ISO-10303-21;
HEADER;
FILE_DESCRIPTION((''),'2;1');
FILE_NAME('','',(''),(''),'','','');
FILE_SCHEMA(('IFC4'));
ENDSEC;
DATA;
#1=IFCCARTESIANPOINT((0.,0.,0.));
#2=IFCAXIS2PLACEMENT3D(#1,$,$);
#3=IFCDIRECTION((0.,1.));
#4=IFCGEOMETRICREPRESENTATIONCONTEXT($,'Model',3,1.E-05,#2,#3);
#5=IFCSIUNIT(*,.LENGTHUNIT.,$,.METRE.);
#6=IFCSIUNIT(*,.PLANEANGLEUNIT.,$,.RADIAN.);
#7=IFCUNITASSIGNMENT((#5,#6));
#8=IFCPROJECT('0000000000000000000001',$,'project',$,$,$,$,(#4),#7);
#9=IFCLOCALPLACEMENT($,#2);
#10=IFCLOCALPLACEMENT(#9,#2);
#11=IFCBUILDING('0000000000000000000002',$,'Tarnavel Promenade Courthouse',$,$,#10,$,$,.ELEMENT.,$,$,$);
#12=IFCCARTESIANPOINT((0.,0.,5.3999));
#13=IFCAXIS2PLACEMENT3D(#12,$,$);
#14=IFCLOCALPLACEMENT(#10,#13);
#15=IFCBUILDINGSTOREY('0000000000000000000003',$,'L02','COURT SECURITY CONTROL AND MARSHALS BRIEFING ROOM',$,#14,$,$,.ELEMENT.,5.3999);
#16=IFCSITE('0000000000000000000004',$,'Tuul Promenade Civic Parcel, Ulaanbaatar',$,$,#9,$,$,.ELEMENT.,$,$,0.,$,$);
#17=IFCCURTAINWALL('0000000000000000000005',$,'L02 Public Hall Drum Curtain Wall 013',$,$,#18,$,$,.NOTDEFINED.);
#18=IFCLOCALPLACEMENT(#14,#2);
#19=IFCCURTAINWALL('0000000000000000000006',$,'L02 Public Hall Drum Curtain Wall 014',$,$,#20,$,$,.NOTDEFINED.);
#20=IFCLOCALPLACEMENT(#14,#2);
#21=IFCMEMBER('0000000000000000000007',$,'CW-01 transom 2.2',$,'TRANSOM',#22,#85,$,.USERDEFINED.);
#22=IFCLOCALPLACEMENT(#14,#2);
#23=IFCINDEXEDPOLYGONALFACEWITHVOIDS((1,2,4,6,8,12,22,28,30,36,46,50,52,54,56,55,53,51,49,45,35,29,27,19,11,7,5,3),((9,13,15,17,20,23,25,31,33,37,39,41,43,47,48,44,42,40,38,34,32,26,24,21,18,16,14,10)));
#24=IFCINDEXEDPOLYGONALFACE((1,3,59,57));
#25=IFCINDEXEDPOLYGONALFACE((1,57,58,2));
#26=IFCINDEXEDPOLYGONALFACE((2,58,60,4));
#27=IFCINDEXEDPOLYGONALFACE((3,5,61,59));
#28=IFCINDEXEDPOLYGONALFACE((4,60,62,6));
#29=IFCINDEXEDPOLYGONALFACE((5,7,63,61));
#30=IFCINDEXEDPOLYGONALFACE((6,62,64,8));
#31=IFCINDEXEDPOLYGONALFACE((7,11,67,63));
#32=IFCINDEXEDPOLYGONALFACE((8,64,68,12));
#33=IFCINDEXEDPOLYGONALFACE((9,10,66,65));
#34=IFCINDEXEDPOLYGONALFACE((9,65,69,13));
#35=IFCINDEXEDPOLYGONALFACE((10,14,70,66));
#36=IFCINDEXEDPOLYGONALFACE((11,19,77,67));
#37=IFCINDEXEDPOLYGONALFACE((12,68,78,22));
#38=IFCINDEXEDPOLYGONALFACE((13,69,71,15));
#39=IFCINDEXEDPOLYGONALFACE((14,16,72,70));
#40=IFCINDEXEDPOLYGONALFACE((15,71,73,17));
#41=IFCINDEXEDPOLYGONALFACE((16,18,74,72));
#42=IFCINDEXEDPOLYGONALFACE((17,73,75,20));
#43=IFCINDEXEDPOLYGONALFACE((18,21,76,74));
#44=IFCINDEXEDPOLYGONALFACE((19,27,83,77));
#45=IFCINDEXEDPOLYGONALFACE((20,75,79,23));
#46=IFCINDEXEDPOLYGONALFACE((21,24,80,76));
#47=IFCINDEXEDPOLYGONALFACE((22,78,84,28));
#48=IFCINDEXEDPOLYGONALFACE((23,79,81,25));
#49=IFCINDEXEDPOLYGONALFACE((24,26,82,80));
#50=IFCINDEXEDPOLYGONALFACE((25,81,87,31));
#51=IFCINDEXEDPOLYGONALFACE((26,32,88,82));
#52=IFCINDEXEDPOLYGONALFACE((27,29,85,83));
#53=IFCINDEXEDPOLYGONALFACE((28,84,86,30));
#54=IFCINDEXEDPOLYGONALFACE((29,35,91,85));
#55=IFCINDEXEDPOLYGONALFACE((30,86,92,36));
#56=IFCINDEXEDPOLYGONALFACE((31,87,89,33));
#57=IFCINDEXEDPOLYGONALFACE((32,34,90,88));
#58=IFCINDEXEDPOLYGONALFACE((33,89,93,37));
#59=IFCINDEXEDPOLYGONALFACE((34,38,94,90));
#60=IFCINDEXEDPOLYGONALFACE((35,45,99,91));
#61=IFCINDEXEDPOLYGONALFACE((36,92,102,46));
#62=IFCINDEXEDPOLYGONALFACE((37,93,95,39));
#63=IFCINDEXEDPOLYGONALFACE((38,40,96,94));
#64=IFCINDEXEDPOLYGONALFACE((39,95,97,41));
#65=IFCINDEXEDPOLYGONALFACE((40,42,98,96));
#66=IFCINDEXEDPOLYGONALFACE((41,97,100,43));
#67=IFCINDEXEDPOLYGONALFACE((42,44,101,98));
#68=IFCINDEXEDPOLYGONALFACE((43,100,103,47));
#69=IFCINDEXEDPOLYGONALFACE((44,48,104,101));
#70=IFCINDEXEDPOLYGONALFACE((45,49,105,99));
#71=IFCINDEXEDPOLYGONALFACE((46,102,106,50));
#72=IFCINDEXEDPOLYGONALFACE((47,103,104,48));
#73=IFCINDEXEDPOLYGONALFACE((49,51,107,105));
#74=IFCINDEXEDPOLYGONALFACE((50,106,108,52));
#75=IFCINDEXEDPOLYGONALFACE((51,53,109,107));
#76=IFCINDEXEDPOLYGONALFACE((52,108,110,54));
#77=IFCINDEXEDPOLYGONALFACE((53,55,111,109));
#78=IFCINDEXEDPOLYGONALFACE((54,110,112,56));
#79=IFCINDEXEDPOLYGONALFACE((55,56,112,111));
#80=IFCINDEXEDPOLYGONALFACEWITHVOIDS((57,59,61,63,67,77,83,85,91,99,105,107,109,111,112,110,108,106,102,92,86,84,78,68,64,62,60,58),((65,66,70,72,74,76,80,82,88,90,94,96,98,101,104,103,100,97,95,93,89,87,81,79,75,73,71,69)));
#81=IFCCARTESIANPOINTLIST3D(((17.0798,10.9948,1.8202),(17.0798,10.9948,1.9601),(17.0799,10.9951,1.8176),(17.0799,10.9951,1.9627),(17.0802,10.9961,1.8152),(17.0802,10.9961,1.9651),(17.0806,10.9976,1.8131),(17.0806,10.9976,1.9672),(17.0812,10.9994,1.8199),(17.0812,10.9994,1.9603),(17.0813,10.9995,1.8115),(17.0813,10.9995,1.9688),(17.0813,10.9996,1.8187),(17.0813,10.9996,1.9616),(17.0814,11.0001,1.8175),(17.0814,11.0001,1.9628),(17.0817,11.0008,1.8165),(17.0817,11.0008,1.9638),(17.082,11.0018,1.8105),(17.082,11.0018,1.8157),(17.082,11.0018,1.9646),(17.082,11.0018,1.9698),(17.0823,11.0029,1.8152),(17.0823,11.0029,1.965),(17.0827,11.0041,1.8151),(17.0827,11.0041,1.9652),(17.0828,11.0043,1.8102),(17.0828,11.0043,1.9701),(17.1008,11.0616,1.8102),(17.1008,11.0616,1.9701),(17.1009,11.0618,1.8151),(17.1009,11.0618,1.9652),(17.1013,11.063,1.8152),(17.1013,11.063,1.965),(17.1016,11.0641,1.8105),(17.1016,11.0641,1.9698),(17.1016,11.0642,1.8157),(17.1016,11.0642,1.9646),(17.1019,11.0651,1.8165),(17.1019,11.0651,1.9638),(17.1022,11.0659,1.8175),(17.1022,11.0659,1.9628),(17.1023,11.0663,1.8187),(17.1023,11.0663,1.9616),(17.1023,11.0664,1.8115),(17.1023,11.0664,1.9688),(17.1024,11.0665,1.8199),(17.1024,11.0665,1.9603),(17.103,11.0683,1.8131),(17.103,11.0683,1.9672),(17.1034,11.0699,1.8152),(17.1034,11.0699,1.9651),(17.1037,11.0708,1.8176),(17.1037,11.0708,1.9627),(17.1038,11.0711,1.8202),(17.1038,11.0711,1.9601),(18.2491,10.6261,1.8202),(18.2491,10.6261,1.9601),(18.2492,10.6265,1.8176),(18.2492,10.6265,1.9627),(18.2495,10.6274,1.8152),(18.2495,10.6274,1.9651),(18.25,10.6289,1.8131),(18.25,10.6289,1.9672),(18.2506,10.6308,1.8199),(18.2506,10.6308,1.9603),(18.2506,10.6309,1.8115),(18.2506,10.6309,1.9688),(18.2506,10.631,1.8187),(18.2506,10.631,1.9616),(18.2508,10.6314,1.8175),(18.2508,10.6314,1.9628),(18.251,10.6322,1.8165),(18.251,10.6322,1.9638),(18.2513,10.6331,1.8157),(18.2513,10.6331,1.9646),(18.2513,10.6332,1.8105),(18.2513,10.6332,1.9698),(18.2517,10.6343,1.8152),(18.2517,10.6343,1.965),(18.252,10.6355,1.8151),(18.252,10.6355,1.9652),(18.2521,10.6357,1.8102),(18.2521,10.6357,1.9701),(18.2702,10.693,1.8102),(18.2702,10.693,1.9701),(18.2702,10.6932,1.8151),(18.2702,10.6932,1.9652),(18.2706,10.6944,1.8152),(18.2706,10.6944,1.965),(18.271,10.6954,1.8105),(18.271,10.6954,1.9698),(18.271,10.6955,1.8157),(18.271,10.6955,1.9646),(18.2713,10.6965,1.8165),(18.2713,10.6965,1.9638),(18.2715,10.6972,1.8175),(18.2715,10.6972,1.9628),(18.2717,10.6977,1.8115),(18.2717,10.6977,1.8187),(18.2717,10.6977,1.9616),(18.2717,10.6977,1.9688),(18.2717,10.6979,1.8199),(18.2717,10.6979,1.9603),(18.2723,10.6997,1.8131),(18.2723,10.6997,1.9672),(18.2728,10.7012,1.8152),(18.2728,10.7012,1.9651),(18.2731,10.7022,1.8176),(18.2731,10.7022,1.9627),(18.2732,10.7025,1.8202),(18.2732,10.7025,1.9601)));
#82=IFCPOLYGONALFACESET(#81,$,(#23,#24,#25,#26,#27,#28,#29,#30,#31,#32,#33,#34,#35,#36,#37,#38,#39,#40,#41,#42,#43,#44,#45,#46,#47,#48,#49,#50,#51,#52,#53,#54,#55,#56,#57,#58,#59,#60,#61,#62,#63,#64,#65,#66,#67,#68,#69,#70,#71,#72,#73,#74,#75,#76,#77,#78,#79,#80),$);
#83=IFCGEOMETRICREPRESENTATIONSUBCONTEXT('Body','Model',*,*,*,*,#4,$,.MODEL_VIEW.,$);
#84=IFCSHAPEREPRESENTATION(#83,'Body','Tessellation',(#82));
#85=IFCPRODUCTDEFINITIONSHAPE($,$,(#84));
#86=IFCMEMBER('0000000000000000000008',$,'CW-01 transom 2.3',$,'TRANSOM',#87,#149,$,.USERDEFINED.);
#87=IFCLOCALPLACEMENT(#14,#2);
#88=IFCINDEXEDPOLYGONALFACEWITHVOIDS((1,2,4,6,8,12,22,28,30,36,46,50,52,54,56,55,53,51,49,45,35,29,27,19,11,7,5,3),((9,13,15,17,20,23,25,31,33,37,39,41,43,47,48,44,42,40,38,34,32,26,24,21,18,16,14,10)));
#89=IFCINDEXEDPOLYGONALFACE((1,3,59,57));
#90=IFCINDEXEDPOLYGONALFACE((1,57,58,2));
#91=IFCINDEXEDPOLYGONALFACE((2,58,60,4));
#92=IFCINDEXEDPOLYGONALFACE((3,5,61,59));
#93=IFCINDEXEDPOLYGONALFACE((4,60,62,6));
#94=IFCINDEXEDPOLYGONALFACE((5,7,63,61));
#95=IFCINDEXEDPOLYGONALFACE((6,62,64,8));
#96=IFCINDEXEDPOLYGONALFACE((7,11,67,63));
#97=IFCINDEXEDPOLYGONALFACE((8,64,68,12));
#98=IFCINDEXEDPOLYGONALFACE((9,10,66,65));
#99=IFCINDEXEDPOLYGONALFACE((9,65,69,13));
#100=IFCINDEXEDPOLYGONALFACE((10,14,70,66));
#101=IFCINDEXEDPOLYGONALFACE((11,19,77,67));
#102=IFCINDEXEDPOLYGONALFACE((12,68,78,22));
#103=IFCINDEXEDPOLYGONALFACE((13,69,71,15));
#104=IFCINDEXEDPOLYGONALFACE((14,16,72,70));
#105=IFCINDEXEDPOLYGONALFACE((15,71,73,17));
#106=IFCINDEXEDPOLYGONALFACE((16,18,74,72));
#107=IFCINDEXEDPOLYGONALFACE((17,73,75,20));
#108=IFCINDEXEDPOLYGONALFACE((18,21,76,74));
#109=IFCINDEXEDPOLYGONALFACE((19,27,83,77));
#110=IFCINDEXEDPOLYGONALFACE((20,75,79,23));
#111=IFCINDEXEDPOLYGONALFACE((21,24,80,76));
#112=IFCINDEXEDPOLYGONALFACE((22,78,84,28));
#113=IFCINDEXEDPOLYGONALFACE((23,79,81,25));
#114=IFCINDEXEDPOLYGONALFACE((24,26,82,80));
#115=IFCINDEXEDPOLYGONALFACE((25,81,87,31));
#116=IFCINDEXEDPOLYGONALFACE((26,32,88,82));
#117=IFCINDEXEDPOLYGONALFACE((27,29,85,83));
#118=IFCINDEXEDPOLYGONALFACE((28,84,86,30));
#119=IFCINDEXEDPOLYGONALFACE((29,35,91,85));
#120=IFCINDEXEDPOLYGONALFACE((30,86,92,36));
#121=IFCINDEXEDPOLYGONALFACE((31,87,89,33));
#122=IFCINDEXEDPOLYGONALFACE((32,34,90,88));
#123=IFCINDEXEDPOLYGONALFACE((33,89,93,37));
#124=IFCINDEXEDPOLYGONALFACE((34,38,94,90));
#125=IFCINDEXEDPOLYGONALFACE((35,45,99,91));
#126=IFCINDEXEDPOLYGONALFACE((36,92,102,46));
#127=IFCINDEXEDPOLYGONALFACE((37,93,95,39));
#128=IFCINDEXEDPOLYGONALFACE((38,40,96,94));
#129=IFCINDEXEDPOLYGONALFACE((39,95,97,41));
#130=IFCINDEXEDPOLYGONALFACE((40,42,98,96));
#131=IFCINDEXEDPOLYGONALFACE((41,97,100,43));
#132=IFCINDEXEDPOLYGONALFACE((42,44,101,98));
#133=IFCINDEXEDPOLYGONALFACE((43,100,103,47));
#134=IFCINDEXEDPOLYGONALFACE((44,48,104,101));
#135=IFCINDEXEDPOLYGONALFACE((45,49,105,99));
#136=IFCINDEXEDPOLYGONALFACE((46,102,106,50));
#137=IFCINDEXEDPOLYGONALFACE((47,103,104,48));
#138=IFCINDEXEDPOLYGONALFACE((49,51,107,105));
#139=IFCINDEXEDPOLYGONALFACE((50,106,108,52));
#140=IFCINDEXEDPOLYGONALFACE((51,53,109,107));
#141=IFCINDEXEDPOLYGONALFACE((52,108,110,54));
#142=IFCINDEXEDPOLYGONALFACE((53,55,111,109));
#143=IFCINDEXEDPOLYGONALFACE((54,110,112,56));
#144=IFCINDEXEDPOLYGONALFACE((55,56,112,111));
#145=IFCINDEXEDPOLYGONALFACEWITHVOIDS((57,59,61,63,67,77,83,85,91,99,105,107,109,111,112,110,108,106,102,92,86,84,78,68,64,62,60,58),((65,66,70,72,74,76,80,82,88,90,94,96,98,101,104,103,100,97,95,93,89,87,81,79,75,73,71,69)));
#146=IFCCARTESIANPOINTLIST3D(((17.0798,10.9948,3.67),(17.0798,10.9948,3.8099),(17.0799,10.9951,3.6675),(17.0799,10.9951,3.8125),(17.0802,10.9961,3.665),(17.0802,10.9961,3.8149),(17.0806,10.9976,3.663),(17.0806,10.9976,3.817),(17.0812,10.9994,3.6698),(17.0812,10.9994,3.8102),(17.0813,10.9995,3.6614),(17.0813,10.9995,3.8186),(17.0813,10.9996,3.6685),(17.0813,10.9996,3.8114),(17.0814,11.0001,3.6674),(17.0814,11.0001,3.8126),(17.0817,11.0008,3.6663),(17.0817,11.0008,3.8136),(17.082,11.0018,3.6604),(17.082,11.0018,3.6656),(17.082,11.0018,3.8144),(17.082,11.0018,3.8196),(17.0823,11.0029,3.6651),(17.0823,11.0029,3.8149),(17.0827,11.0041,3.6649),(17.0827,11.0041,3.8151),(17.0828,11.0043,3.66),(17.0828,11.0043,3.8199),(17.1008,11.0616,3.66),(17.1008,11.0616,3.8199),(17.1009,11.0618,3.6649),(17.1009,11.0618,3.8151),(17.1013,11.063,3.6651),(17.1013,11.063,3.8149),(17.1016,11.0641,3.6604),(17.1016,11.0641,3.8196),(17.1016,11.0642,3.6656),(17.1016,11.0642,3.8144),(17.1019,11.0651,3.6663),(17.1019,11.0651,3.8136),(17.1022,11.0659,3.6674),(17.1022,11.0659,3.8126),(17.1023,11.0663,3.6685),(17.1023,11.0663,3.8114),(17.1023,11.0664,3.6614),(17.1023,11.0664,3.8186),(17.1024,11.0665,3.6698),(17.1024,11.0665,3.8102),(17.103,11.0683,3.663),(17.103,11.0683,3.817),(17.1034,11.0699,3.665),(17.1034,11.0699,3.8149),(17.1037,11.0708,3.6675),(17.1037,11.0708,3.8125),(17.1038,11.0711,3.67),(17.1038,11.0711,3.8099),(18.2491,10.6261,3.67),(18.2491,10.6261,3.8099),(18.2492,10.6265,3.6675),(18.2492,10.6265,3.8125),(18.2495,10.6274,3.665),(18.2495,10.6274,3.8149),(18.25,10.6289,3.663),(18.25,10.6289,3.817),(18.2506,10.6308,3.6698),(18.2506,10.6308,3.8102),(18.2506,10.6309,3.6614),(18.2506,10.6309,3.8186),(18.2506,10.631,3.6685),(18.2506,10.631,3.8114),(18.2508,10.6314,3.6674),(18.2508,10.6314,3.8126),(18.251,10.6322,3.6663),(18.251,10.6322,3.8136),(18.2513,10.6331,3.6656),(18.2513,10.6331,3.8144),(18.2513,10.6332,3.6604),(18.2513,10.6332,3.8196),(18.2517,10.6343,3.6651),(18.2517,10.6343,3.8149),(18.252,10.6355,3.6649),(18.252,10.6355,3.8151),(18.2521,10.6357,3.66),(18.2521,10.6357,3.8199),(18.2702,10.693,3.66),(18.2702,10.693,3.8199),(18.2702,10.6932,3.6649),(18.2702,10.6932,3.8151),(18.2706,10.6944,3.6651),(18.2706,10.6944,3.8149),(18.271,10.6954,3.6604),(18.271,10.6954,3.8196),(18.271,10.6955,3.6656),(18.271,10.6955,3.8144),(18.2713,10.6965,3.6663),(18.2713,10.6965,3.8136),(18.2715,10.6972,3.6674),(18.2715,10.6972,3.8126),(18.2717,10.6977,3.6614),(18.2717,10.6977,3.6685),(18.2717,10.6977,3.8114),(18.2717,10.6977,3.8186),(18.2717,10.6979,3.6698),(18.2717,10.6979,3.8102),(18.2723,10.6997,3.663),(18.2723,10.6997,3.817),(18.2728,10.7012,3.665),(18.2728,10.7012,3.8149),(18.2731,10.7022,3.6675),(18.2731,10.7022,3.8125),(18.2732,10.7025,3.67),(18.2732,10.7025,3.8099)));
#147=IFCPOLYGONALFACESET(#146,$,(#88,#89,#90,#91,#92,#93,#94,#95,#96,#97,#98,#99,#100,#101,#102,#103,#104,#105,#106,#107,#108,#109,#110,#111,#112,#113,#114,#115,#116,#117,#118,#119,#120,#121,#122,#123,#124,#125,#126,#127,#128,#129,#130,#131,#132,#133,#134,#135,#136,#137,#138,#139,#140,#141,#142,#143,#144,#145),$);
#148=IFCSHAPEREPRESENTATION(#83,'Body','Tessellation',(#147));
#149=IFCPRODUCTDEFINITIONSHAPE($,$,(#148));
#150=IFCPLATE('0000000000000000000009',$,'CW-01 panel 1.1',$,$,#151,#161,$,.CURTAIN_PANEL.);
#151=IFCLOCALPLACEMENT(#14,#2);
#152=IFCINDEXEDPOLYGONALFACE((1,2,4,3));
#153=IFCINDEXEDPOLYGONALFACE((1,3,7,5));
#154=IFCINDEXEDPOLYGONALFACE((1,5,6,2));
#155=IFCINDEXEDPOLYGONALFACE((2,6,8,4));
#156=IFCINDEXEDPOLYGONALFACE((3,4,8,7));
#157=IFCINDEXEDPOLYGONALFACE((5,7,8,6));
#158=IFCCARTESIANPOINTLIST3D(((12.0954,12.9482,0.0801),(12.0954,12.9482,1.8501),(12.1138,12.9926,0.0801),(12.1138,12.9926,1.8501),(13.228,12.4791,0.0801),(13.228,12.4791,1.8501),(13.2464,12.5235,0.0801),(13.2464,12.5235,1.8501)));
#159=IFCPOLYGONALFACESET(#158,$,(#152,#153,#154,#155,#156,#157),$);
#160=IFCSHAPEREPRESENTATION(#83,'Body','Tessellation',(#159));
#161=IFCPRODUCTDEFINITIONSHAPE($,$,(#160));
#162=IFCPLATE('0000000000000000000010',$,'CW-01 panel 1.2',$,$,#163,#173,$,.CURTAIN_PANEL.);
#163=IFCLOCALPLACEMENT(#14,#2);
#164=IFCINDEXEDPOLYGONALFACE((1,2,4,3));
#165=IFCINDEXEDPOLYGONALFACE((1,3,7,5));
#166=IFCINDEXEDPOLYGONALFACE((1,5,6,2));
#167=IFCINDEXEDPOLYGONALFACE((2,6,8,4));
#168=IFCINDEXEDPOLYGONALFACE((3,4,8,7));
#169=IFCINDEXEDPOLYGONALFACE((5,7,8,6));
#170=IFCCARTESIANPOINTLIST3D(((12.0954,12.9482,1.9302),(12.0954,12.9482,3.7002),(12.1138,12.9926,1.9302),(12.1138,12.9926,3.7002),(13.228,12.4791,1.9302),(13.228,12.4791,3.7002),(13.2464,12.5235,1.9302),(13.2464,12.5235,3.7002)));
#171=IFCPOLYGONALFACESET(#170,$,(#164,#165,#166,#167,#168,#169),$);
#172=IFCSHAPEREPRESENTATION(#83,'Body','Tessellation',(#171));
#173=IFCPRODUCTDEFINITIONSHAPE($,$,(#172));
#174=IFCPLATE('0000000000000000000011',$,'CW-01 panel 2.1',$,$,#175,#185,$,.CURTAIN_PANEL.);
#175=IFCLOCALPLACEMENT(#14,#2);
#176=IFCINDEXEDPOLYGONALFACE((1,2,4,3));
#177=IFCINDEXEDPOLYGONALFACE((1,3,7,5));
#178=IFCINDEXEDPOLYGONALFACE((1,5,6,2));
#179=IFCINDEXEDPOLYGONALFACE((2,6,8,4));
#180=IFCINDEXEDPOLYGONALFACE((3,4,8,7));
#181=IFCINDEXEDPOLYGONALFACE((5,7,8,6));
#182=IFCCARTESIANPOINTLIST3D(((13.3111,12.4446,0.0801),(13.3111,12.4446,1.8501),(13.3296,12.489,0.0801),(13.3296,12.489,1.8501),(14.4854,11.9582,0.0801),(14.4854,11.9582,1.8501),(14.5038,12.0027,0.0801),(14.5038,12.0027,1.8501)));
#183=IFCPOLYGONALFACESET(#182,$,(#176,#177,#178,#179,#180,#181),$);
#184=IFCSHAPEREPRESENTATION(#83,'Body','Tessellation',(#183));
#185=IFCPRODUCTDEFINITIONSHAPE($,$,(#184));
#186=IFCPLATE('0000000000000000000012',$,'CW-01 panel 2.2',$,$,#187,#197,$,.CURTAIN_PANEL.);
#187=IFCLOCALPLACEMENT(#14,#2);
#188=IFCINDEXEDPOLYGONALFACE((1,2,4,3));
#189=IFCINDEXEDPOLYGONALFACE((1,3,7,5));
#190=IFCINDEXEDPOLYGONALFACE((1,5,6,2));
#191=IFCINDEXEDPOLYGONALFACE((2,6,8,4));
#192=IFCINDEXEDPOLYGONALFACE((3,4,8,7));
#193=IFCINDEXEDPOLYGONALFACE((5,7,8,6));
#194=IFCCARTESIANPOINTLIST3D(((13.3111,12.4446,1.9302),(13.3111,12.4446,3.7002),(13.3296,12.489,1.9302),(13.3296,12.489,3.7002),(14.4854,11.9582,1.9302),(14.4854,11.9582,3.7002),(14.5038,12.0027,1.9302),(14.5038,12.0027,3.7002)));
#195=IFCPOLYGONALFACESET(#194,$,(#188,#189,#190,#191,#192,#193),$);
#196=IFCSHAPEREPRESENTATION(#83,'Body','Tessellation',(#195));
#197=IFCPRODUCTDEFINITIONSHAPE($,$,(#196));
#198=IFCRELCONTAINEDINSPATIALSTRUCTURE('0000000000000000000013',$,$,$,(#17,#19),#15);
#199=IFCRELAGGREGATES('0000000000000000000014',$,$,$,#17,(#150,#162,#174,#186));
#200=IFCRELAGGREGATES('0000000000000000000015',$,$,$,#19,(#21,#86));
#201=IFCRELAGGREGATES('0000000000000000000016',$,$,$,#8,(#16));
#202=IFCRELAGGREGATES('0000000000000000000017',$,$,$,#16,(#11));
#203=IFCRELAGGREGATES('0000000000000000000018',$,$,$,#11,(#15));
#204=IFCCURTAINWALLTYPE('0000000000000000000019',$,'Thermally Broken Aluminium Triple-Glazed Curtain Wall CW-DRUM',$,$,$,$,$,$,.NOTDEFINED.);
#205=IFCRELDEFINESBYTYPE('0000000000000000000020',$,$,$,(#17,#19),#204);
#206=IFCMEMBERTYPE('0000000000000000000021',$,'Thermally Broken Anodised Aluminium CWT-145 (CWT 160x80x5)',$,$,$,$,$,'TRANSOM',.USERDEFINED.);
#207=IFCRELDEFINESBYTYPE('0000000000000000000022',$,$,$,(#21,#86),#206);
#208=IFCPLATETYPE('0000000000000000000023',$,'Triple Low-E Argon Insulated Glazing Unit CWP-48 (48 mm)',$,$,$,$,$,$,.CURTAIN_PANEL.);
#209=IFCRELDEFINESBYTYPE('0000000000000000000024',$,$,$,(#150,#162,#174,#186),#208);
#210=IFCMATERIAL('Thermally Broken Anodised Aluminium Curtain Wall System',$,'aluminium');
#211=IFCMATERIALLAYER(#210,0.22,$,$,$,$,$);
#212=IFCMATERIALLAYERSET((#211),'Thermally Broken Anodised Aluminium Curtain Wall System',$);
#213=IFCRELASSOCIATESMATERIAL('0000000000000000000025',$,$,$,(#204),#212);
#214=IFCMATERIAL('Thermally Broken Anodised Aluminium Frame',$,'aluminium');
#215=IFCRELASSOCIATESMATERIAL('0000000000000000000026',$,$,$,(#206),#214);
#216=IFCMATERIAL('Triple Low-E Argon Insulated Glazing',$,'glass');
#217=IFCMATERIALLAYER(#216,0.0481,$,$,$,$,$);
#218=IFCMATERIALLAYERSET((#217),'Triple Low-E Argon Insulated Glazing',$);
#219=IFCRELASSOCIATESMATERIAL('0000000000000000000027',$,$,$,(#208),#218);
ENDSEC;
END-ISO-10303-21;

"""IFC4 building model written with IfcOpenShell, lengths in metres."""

from ifc_helpers import new_model, si_unit, direction, frame, origin, origin_2d, place, context, subcontext, project, spatial, rectangle, hollow_rectangle, extrude, material, layer, layer_set, material_profile, profile_set, type_object, element, aggregate, save


model = new_model("IFC4")

# Units and contexts
model_context = context("Model", 3, precision=1e-05, world=origin(), true_north=direction((0.0, 1.0)))
body_context = subcontext(model_context, "Body", "Model", "MODEL_VIEW")
ifc_project = project(units=[si_unit("LENGTHUNIT", "METRE"), si_unit("PLANEANGLEUNIT", "RADIAN")], contexts=[model_context])

# Site, building, storey
site_placement = place(None, origin())
site = spatial("IfcSite", under=ifc_project, at=site_placement, Name="Tuul Promenade Civic Parcel, Ulaanbaatar", CompositionType="ELEMENT", RefElevation=0.0)
building_placement = place(site_placement, origin())
building = spatial("IfcBuilding", under=site, at=building_placement, Name="Tarnavel Promenade Courthouse", CompositionType="ELEMENT")
storey_placement = place(building_placement, frame((0.0, 0.0, 5.3999)))
storey = spatial("IfcBuildingStorey", under=building, at=storey_placement, Name="L02", Description="COURT SECURITY CONTROL AND MARSHALS BRIEFING ROOM", CompositionType="ELEMENT", Elevation=5.3999)

# Curtain walls
ifc_material_1 = material(Name="Thermally Broken Anodised Aluminium Curtain Wall System", Category="aluminium")
ifc_layer_1 = layer(ifc_material_1, 0.22)
ifc_layer_set_1 = layer_set([ifc_layer_1], Name="Thermally Broken Anodised Aluminium Curtain Wall System")
curtain_wall_type = type_object("IfcCurtainWallType", Name="Thermally Broken Aluminium Triple-Glazed Curtain Wall CW-DRUM", PredefinedType="NOTDEFINED", material=ifc_layer_set_1)
curtain_wall_1_placement = place(storey_placement, origin())
curtain_wall_1 = element("IfcCurtainWall", 1, at=curtain_wall_1_placement, inside=storey, type_object=curtain_wall_type, Name="L02 Public Hall Drum Curtain Wall 013", PredefinedType="NOTDEFINED")
ifc_material_2 = material(Name="Thermally Broken Anodised Aluminium Frame", Category="aluminium")
curtain_wall_2_placement = place(storey_placement, origin())
curtain_wall_2 = element("IfcCurtainWall", 2, at=curtain_wall_2_placement, inside=storey, type_object=curtain_wall_type, Name="L02 Public Hall Drum Curtain Wall 014", PredefinedType="NOTDEFINED")

# Members
ifc_material_profile_1 = material_profile(ifc_material_2, hollow_rectangle(XDim=0.0801, YDim=0.1599, WallThickness=0.0049, InnerFilletRadius=0.0049, OuterFilletRadius=0.01, at=origin_2d()), Name="CWT 160x80x5")
ifc_profile_set_1 = profile_set([ifc_material_profile_1], Name="Thermally Broken Anodised Aluminium Frame")
member_type_1 = type_object("IfcMemberType", Name="Thermally Broken Anodised Aluminium CWT-145 (CWT 160x80x5)", ElementType="TRANSOM", PredefinedType="USERDEFINED", material=ifc_profile_set_1)
member_1_placement = place(storey_placement, frame((17.0918, 11.033, 1.8901), z_axis=(0.953733, -0.300655, 0.0), x_axis=(0.300655, 0.953733, 0.0)))
member_1 = element("IfcMember", 3, at=member_1_placement, type_object=member_type_1, Name="CW-01 transom 2.2", ObjectType="TRANSOM", PredefinedType="USERDEFINED", context=body_context, shape_type="SweptSolid", body=[
    extrude(hollow_rectangle(XDim=0.0801, YDim=0.1599, WallThickness=0.0049, InnerFilletRadius=0.0049, OuterFilletRadius=0.01, at=origin_2d()), origin(), (0.0, 0.0, 1.0), 1.2261),
])
member_2_placement = place(storey_placement, frame((17.0918, 11.033, 3.74), z_axis=(0.953733, -0.300655, 0.0), x_axis=(0.300655, 0.953733, 0.0)))
member_2 = element("IfcMember", 4, at=member_2_placement, type_object=member_type_1, Name="CW-01 transom 2.3", ObjectType="TRANSOM", PredefinedType="USERDEFINED", context=body_context, shape_type="SweptSolid", body=[
    extrude(hollow_rectangle(XDim=0.0801, YDim=0.1599, WallThickness=0.0049, InnerFilletRadius=0.0049, OuterFilletRadius=0.01, at=origin_2d()), origin(), (0.0, 0.0, 1.0), 1.2261),
])

# Plates
ifc_material_3 = material(Name="Triple Low-E Argon Insulated Glazing", Category="glass")
ifc_layer_2 = layer(ifc_material_3, 0.0481)
ifc_layer_set_2 = layer_set([ifc_layer_2], Name="Triple Low-E Argon Insulated Glazing")
plate_type = type_object("IfcPlateType", Name="Triple Low-E Argon Insulated Glazing Unit CWP-48 (48 mm)", PredefinedType="CURTAIN_PANEL", material=ifc_layer_set_2)
plate_1_placement = place(storey_placement, frame((12.6709, 12.7358, 0.0801), z_axis=(0.0, 0.0, 1.0), x_axis=(0.923879, -0.382685, 0.0)))
plate_1 = element("IfcPlate", 5, at=plate_1_placement, type_object=plate_type, Name="CW-01 panel 1.1", PredefinedType="CURTAIN_PANEL", context=body_context, shape_type="SweptSolid", body=[
    extrude(rectangle(XDim=1.2258, YDim=0.0481, at=origin_2d()), origin(), (0.0, 0.0, 1.0), 1.77),
])
plate_2_placement = place(storey_placement, frame((12.6709, 12.7358, 1.9302), z_axis=(0.0, 0.0, 1.0), x_axis=(0.923879, -0.382685, 0.0)))
plate_2 = element("IfcPlate", 6, at=plate_2_placement, type_object=plate_type, Name="CW-01 panel 1.2", PredefinedType="CURTAIN_PANEL", context=body_context, shape_type="SweptSolid", body=[
    extrude(rectangle(XDim=1.2258, YDim=0.0481, at=origin_2d()), origin(), (0.0, 0.0, 1.0), 1.77),
])
plate_3_placement = place(storey_placement, frame((13.9075, 12.2236, 0.0801), z_axis=(0.0, 0.0, 1.0), x_axis=(0.923879, -0.382685, 0.0)))
plate_3 = element("IfcPlate", 7, at=plate_3_placement, type_object=plate_type, Name="CW-01 panel 2.1", PredefinedType="CURTAIN_PANEL", context=body_context, shape_type="SweptSolid", body=[
    extrude(rectangle(XDim=1.271, YDim=0.0481, at=origin_2d()), origin(), (0.0, 0.0, 1.0), 1.77),
])
plate_4_placement = place(storey_placement, frame((13.9075, 12.2236, 1.9302), z_axis=(0.0, 0.0, 1.0), x_axis=(0.923879, -0.382685, 0.0)))
plate_4 = element("IfcPlate", 8, at=plate_4_placement, type_object=plate_type, Name="CW-01 panel 2.2", PredefinedType="CURTAIN_PANEL", context=body_context, shape_type="SweptSolid", body=[
    extrude(rectangle(XDim=1.271, YDim=0.0481, at=origin_2d()), origin(), (0.0, 0.0, 1.0), 1.77),
])
aggregate(curtain_wall_1, [plate_1, plate_2, plate_3, plate_4])
aggregate(curtain_wall_2, [member_1, member_2])

save(model, "model.ifc")
